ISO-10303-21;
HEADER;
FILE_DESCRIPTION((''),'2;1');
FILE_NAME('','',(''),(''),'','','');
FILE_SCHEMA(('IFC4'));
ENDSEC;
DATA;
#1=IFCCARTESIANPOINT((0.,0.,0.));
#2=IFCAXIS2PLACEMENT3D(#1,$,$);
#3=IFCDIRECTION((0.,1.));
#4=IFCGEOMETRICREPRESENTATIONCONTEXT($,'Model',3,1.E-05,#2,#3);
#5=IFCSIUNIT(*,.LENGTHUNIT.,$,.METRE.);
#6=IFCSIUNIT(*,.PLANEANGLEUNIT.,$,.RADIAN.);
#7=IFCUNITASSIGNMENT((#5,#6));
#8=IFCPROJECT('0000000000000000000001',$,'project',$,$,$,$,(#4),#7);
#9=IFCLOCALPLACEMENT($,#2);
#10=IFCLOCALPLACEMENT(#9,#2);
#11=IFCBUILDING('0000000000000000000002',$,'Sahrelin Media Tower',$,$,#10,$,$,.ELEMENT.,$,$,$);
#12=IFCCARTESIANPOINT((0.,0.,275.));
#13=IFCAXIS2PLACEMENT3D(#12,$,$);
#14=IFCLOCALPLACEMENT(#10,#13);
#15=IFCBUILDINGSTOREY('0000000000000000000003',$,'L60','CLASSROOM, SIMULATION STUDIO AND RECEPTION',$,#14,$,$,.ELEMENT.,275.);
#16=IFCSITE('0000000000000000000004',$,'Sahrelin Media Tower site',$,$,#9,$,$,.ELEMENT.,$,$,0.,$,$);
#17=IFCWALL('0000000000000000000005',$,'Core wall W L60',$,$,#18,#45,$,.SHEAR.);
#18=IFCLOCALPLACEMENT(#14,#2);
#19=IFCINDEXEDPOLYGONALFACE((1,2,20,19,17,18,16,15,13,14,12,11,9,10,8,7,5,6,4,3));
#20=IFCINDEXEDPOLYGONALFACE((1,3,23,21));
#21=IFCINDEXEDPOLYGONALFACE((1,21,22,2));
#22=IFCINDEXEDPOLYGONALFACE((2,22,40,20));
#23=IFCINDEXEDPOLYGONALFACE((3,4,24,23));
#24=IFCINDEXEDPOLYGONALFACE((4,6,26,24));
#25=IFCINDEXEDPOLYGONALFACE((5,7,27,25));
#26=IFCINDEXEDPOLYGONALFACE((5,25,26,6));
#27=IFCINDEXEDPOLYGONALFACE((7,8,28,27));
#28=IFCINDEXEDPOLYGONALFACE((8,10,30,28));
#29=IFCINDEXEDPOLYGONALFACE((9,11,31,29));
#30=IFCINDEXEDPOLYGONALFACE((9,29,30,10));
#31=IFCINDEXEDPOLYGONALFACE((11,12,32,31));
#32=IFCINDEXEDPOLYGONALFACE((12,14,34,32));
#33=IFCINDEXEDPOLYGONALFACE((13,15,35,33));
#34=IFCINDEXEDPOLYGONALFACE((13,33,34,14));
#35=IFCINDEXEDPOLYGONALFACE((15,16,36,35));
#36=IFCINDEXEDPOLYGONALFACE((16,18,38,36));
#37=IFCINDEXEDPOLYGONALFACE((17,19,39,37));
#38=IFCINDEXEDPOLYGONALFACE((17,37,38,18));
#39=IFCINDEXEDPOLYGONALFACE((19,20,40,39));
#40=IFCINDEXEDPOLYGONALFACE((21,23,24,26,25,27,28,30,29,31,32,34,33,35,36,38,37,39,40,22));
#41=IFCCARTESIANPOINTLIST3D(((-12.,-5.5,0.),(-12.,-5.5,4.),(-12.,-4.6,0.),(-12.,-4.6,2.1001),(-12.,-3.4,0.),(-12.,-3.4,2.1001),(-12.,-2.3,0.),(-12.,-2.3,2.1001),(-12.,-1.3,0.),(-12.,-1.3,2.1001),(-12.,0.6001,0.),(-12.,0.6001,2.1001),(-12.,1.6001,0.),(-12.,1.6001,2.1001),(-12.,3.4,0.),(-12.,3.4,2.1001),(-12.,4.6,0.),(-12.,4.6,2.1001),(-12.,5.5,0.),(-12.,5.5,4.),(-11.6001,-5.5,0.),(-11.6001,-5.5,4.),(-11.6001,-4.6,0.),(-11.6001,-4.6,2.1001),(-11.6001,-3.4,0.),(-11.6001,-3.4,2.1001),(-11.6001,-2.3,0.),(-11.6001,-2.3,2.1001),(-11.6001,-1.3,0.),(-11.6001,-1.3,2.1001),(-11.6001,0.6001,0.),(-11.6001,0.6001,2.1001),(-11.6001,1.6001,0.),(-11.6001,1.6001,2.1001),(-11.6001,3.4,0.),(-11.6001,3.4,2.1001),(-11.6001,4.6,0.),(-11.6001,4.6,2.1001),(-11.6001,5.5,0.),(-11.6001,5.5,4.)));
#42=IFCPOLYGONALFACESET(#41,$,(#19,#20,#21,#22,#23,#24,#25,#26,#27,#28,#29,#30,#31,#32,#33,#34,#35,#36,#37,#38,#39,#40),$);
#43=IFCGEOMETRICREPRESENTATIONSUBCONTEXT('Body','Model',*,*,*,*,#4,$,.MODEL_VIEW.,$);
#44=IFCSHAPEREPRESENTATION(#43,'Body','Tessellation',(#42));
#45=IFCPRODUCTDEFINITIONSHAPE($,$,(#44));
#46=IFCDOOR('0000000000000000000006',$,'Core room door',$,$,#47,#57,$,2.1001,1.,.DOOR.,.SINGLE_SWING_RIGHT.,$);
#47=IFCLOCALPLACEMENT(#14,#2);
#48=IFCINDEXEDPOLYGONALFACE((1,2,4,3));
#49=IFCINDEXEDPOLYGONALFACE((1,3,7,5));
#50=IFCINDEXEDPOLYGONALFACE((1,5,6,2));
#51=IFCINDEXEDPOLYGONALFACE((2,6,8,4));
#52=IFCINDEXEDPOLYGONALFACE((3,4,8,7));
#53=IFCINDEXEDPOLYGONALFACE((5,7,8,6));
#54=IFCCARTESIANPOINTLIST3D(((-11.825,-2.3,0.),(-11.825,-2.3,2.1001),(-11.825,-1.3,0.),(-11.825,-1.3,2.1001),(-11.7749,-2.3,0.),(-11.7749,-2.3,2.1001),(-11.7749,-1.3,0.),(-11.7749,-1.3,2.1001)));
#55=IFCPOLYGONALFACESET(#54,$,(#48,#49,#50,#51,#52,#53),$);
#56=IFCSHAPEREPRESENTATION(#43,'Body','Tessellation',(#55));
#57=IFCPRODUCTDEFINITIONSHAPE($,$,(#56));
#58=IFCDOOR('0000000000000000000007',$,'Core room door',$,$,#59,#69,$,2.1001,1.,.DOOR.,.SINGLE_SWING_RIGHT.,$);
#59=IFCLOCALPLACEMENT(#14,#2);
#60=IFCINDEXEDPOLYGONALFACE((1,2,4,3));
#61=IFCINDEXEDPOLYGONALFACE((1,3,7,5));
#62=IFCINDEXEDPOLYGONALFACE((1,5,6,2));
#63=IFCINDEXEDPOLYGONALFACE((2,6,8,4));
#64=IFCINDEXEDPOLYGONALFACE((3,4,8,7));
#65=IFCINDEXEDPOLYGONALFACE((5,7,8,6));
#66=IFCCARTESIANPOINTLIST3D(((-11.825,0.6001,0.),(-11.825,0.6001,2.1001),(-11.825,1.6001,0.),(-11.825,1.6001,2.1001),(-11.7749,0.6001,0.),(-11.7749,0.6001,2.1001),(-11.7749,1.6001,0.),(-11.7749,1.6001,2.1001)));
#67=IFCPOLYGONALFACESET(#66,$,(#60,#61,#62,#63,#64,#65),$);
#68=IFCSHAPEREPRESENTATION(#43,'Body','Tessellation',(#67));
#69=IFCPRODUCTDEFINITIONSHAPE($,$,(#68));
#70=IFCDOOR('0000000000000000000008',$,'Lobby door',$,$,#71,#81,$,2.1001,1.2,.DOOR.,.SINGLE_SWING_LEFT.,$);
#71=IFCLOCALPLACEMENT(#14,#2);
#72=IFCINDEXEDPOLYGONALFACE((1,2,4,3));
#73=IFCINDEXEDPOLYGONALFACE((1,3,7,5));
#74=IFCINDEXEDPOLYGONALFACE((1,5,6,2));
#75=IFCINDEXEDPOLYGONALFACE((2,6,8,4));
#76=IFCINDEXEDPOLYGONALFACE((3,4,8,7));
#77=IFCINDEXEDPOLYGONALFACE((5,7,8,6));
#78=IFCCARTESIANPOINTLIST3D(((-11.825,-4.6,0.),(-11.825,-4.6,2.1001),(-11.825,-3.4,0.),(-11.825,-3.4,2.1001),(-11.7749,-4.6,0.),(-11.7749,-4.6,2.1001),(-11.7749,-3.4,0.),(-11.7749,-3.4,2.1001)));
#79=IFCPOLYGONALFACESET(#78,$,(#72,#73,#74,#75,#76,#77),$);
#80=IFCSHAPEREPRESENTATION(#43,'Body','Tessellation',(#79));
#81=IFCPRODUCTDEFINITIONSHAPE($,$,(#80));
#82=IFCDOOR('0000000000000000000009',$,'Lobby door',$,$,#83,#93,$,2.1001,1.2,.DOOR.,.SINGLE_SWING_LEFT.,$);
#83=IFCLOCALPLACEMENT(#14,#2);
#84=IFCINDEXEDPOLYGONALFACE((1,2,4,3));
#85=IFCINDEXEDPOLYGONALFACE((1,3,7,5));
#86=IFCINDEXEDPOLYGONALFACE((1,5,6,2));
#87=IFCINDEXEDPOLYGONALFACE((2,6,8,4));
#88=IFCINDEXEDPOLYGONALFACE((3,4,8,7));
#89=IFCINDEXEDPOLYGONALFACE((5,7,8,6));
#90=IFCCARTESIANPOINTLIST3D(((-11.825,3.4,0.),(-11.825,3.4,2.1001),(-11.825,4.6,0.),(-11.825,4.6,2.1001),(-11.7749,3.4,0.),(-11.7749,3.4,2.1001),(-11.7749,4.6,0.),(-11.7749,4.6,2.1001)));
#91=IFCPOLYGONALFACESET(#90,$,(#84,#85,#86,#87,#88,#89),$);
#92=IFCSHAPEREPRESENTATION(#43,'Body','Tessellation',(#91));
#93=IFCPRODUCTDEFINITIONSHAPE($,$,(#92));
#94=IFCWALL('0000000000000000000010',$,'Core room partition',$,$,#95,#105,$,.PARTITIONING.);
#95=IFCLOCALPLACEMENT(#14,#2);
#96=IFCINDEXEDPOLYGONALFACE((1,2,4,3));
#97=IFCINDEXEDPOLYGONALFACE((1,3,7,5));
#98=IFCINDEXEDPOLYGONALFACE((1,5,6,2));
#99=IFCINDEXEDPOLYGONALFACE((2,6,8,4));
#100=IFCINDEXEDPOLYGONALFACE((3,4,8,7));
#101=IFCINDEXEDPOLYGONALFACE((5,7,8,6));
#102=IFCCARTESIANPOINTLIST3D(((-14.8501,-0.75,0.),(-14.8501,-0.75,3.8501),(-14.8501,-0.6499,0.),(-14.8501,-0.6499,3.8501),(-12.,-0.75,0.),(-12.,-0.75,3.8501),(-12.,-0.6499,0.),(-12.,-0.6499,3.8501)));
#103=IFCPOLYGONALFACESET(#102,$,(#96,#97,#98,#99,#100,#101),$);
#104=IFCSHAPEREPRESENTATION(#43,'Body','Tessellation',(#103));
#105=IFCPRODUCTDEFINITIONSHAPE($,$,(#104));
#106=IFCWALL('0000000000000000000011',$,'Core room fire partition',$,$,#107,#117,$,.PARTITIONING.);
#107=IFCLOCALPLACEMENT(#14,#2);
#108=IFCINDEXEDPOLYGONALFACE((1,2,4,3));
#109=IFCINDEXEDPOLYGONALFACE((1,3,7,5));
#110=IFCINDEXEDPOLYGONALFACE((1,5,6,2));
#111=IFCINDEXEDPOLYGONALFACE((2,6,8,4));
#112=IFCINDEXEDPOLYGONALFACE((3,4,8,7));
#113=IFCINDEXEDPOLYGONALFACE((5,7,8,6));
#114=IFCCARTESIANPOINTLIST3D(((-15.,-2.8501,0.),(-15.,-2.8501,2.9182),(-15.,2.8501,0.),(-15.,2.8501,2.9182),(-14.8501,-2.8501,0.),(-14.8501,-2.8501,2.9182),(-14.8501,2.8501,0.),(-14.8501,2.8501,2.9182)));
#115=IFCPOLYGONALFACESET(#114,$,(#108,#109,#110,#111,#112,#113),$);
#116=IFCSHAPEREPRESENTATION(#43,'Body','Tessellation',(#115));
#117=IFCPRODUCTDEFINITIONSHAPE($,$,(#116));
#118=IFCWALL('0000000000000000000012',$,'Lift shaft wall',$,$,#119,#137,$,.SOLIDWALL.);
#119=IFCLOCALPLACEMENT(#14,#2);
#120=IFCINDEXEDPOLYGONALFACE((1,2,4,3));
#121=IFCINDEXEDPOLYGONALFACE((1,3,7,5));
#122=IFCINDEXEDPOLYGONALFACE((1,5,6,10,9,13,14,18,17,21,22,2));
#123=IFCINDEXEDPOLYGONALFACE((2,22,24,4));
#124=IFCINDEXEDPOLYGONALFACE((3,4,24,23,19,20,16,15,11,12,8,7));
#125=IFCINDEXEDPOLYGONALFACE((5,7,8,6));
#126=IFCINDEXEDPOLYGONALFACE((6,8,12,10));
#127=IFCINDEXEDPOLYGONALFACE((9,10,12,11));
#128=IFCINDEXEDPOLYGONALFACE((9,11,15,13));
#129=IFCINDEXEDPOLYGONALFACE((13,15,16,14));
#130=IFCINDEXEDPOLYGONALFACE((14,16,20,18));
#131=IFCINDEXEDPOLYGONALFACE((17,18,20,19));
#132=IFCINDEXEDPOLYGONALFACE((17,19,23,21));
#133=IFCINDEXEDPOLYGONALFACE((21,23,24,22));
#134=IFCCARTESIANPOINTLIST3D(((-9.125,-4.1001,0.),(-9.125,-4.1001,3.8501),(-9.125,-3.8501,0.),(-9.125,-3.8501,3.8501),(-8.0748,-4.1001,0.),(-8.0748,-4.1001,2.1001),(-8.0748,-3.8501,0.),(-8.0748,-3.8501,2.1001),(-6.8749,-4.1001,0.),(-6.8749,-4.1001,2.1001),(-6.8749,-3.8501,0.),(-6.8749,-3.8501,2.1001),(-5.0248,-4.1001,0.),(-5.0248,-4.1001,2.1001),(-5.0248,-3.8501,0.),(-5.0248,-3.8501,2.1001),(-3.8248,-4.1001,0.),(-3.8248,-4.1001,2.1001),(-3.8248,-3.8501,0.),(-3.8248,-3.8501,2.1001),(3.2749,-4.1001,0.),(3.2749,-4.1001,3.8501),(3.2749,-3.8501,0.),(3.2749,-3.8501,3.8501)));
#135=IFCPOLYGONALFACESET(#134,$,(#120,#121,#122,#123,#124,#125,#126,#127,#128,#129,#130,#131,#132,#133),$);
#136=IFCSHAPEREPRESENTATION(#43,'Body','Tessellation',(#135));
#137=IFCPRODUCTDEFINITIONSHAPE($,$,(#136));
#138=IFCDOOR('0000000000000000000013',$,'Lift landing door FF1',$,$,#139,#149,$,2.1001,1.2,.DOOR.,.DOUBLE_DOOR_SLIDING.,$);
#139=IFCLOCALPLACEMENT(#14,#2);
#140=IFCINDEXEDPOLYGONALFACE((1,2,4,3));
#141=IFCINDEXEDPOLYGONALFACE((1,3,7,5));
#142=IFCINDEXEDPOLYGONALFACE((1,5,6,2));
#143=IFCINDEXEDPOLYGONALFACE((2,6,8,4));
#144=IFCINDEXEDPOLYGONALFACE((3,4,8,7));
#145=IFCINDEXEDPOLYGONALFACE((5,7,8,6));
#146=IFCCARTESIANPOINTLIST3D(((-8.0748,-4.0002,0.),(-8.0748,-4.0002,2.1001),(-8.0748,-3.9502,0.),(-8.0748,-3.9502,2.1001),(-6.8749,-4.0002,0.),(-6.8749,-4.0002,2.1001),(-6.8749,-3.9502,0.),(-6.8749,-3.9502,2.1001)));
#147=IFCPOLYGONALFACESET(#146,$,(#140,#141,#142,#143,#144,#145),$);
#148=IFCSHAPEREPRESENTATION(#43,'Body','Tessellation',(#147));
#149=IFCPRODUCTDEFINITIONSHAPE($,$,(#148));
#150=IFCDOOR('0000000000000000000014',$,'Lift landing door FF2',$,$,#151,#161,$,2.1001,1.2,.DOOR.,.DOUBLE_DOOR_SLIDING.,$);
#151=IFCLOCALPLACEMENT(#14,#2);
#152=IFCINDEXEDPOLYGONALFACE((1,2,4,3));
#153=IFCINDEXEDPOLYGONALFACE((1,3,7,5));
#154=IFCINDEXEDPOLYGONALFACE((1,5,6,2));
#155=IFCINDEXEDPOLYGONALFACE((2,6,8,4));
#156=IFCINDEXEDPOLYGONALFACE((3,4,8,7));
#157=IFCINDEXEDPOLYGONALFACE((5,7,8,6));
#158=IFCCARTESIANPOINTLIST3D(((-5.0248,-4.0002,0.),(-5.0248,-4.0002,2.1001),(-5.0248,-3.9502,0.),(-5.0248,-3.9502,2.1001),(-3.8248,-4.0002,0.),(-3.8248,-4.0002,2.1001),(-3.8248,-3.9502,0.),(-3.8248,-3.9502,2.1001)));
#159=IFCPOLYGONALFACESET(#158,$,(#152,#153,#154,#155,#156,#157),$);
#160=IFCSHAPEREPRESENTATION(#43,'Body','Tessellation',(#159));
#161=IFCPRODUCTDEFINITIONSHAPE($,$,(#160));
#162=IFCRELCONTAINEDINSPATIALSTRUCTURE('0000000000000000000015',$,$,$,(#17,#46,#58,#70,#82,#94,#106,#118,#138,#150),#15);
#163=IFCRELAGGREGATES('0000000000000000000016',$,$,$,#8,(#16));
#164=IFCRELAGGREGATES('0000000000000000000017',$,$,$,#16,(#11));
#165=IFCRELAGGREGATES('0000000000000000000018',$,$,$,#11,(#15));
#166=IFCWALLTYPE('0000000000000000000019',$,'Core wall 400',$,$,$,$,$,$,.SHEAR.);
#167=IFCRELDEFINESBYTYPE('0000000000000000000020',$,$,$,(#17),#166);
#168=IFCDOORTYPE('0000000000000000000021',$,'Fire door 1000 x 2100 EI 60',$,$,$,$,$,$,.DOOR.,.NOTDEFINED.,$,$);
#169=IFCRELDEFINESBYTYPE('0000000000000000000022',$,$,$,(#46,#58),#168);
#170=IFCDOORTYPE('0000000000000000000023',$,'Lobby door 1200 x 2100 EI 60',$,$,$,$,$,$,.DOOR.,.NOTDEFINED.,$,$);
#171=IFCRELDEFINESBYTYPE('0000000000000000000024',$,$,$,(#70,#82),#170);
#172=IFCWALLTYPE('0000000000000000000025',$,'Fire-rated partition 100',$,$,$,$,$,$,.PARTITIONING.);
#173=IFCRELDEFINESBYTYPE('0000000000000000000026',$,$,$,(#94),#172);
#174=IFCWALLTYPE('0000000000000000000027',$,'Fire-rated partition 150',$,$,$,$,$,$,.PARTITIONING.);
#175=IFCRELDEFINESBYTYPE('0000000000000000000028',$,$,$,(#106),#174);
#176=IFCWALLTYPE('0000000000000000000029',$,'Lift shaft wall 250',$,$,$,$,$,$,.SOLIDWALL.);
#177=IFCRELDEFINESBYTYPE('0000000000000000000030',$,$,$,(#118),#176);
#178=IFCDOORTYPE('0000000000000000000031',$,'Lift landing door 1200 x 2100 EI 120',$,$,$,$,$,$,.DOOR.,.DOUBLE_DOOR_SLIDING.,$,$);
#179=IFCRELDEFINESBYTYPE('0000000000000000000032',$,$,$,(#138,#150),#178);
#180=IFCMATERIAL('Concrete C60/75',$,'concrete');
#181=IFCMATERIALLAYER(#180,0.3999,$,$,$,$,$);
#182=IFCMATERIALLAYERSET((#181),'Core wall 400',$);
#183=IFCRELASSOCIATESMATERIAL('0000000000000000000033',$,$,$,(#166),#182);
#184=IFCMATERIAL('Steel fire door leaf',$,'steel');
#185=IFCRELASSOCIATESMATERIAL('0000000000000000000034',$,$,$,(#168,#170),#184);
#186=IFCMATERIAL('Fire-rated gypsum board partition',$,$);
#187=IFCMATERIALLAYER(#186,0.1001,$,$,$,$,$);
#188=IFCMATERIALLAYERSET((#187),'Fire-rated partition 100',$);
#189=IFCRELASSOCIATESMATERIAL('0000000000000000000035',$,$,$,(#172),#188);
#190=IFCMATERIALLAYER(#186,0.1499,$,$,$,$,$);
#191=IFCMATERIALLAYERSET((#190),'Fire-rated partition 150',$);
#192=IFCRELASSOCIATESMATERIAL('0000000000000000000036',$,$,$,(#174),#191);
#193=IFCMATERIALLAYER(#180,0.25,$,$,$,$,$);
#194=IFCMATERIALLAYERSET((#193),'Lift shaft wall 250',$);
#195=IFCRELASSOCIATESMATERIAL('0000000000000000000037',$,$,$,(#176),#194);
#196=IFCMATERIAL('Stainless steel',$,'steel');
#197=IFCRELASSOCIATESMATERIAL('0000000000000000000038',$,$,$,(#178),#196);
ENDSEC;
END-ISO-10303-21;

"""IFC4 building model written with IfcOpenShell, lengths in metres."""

from ifc_helpers import new_model, si_unit, direction, frame, frame_2d, origin, place, context, subcontext, project, spatial, rectangle, extrude, material, layer, layer_set, type_object, element, fill, save


model = new_model("IFC4")

# Units and contexts
model_context = context("Model", 3, precision=1e-05, world=origin(), true_north=direction((0.0, 1.0)))
body_context = subcontext(model_context, "Body", "Model", "MODEL_VIEW")
ifc_project = project(units=[si_unit("LENGTHUNIT", "METRE"), si_unit("PLANEANGLEUNIT", "RADIAN")], contexts=[model_context])

# Site, building, storey
site_placement = place(None, origin())
site = spatial("IfcSite", under=ifc_project, at=site_placement, Name="Sahrelin Media Tower site", CompositionType="ELEMENT", RefElevation=0.0)
building_placement = place(site_placement, origin())
building = spatial("IfcBuilding", under=site, at=building_placement, Name="Sahrelin Media Tower", CompositionType="ELEMENT")
storey_placement = place(building_placement, frame((0.0, 0.0, 275.0)))
storey = spatial("IfcBuildingStorey", under=building, at=storey_placement, Name="L60", Description="CLASSROOM, SIMULATION STUDIO AND RECEPTION", CompositionType="ELEMENT", Elevation=275.0)

# Wall, openings, doors
ifc_material_1 = material(Name="Concrete C60/75", Category="concrete")
ifc_layer_1 = layer(ifc_material_1, 0.3999)
ifc_layer_set_1 = layer_set([ifc_layer_1], Name="Core wall 400")
wall_type_1 = type_object("IfcWallType", Name="Core wall 400", PredefinedType="SHEAR", material=ifc_layer_set_1)
wall_1_placement = place(storey_placement, frame((-11.8, -5.5, 0.0), z_axis=(0.0, 0.0, 1.0), x_axis=(0.0, 1.0, 0.0)))
wall_1 = element("IfcWall", 1, at=wall_1_placement, inside=storey, type_object=wall_type_1, Name="Core wall W L60", PredefinedType="SHEAR", context=body_context, shape_type="SweptSolid", body=[
    extrude(rectangle(XDim=11.0, YDim=0.3999, at=frame_2d((5.5, 0.0))), origin(), (0.0, 0.0, 1.0), 4.0),
])
opening_1_placement = place(wall_1_placement, frame((3.2, 0.0, 0.0)))
opening_1 = element("IfcOpeningElement", 2, at=opening_1_placement, cuts=wall_1, PredefinedType="OPENING", context=body_context, shape_type="SweptSolid", body=[
    extrude(rectangle(XDim=1.0, YDim=2.1001, at=frame_2d((0.5, 1.05))), frame((0.0, 0.2, 0.0), z_axis=(0.0, -1.0, 0.0), x_axis=(1.0, 0.0, 0.0)), (0.0, 0.0, 1.0), 0.3999),
])
opening_2_placement = place(wall_1_placement, frame((6.1001, 0.0, 0.0)))
opening_2 = element("IfcOpeningElement", 3, at=opening_2_placement, cuts=wall_1, PredefinedType="OPENING", context=body_context, shape_type="SweptSolid", body=[
    extrude(rectangle(XDim=1.0, YDim=2.1001, at=frame_2d((0.5, 1.05))), frame((0.0, 0.2, 0.0), z_axis=(0.0, -1.0, 0.0), x_axis=(1.0, 0.0, 0.0)), (0.0, 0.0, 1.0), 0.3999),
])
opening_3_placement = place(wall_1_placement, frame((0.8999, 0.0, 0.0)))
opening_3 = element("IfcOpeningElement", 4, at=opening_3_placement, cuts=wall_1, PredefinedType="OPENING", context=body_context, shape_type="SweptSolid", body=[
    extrude(rectangle(XDim=1.2, YDim=2.1001, at=frame_2d((0.6001, 1.05))), frame((0.0, 0.2, 0.0), z_axis=(0.0, -1.0, 0.0), x_axis=(1.0, 0.0, 0.0)), (0.0, 0.0, 1.0), 0.3999),
])
opening_4_placement = place(wall_1_placement, frame((8.8999, 0.0, 0.0)))
opening_4 = element("IfcOpeningElement", 5, at=opening_4_placement, cuts=wall_1, PredefinedType="OPENING", context=body_context, shape_type="SweptSolid", body=[
    extrude(rectangle(XDim=1.2, YDim=2.1001, at=frame_2d((0.6001, 1.05))), frame((0.0, 0.2, 0.0), z_axis=(0.0, -1.0, 0.0), x_axis=(1.0, 0.0, 0.0)), (0.0, 0.0, 1.0), 0.3999),
])
ifc_material_2 = material(Name="Steel fire door leaf", Category="steel")
door_type_1 = type_object("IfcDoorType", Name="Fire door 1000 x 2100 EI 60", OperationType="NOTDEFINED", PredefinedType="DOOR", material=ifc_material_2)
door_1_placement = place(opening_1_placement, origin())
door_1 = element("IfcDoor", 6, at=door_1_placement, inside=storey, type_object=door_type_1, Name="Core room door", OperationType="SINGLE_SWING_RIGHT", OverallHeight=2.1001, OverallWidth=1.0, PredefinedType="DOOR", context=body_context, shape_type="SweptSolid", body=[
    extrude(rectangle(XDim=1.0, YDim=2.1001, at=frame_2d((0.5, 1.05))), frame((0.0, 0.0249, 0.0), z_axis=(0.0, -1.0, 0.0), x_axis=(1.0, 0.0, 0.0)), (0.0, 0.0, 1.0), 0.05),
])
fill(opening_1, door_1)
door_2_placement = place(opening_2_placement, origin())
door_2 = element("IfcDoor", 7, at=door_2_placement, inside=storey, type_object=door_type_1, Name="Core room door", OperationType="SINGLE_SWING_RIGHT", OverallHeight=2.1001, OverallWidth=1.0, PredefinedType="DOOR", context=body_context, shape_type="SweptSolid", body=[
    extrude(rectangle(XDim=1.0, YDim=2.1001, at=frame_2d((0.5, 1.05))), frame((0.0, 0.0249, 0.0), z_axis=(0.0, -1.0, 0.0), x_axis=(1.0, 0.0, 0.0)), (0.0, 0.0, 1.0), 0.05),
])
fill(opening_2, door_2)
door_type_2 = type_object("IfcDoorType", Name="Lobby door 1200 x 2100 EI 60", OperationType="NOTDEFINED", PredefinedType="DOOR", material=ifc_material_2)
door_3_placement = place(opening_3_placement, origin())
door_3 = element("IfcDoor", 8, at=door_3_placement, inside=storey, type_object=door_type_2, Name="Lobby door", OperationType="SINGLE_SWING_LEFT", OverallHeight=2.1001, OverallWidth=1.2, PredefinedType="DOOR", context=body_context, shape_type="SweptSolid", body=[
    extrude(rectangle(XDim=1.2, YDim=2.1001, at=frame_2d((0.6001, 1.05))), frame((0.0, 0.0249, 0.0), z_axis=(0.0, -1.0, 0.0), x_axis=(1.0, 0.0, 0.0)), (0.0, 0.0, 1.0), 0.05),
])
fill(opening_3, door_3)
door_4_placement = place(opening_4_placement, origin())
door_4 = element("IfcDoor", 9, at=door_4_placement, inside=storey, type_object=door_type_2, Name="Lobby door", OperationType="SINGLE_SWING_LEFT", OverallHeight=2.1001, OverallWidth=1.2, PredefinedType="DOOR", context=body_context, shape_type="SweptSolid", body=[
    extrude(rectangle(XDim=1.2, YDim=2.1001, at=frame_2d((0.6001, 1.05))), frame((0.0, 0.0249, 0.0), z_axis=(0.0, -1.0, 0.0), x_axis=(1.0, 0.0, 0.0)), (0.0, 0.0, 1.0), 0.05),
])
fill(opening_4, door_4)

# Walls
ifc_material_3 = material(Name="Fire-rated gypsum board partition")
ifc_layer_2 = layer(ifc_material_3, 0.1001)
ifc_layer_set_2 = layer_set([ifc_layer_2], Name="Fire-rated partition 100")
wall_type_2 = type_object("IfcWallType", Name="Fire-rated partition 100", PredefinedType="PARTITIONING", material=ifc_layer_set_2)
wall_2_placement = place(storey_placement, frame((-14.8501, -0.7, 0.0), z_axis=(0.0, 0.0, 1.0), x_axis=(1.0, 0.0, 0.0)))
element("IfcWall", 10, at=wall_2_placement, inside=storey, type_object=wall_type_2, Name="Core room partition", PredefinedType="PARTITIONING", context=body_context, shape_type="SweptSolid", body=[
    extrude(rectangle(XDim=2.8501, YDim=0.1001, at=frame_2d((1.425, 0.0))), origin(), (0.0, 0.0, 1.0), 3.8501),
])
ifc_layer_3 = layer(ifc_material_3, 0.1499)
ifc_layer_set_3 = layer_set([ifc_layer_3], Name="Fire-rated partition 150")
wall_type_3 = type_object("IfcWallType", Name="Fire-rated partition 150", PredefinedType="PARTITIONING", material=ifc_layer_set_3)
wall_3_placement = place(storey_placement, frame((-14.925, -2.8501, 0.0), z_axis=(0.0, 0.0, 1.0), x_axis=(0.0, 1.0, 0.0)))
element("IfcWall", 11, at=wall_3_placement, inside=storey, type_object=wall_type_3, Name="Core room fire partition", PredefinedType="PARTITIONING", context=body_context, shape_type="SweptSolid", body=[
    extrude(rectangle(XDim=5.7002, YDim=0.1499, at=frame_2d((2.8501, 0.0))), origin(), (0.0, 0.0, 1.0), 2.9182),
])

# Wall, openings, doors
ifc_layer_4 = layer(ifc_material_1, 0.25)
ifc_layer_set_4 = layer_set([ifc_layer_4], Name="Lift shaft wall 250")
wall_type_4 = type_object("IfcWallType", Name="Lift shaft wall 250", PredefinedType="SOLIDWALL", material=ifc_layer_set_4)
wall_4_placement = place(storey_placement, frame((-9.125, -3.9751, 0.0), z_axis=(0.0, 0.0, 1.0), x_axis=(1.0, 0.0, 0.0)))
wall_4 = element("IfcWall", 12, at=wall_4_placement, inside=storey, type_object=wall_type_4, Name="Lift shaft wall", PredefinedType="SOLIDWALL", context=body_context, shape_type="SweptSolid", body=[
    extrude(rectangle(XDim=12.3999, YDim=0.25, at=frame_2d((6.2, 0.0))), origin(), (0.0, 0.0, 1.0), 3.8501),
])
opening_5_placement = place(wall_4_placement, frame((1.05, 0.0, 0.0)))
opening_5 = element("IfcOpeningElement", 13, at=opening_5_placement, cuts=wall_4, PredefinedType="OPENING", context=body_context, shape_type="SweptSolid", body=[
    extrude(rectangle(XDim=1.2, YDim=2.1001, at=frame_2d((0.6001, 1.05))), frame((0.0, 0.125, 0.0), z_axis=(0.0, -1.0, 0.0), x_axis=(1.0, 0.0, 0.0)), (0.0, 0.0, 1.0), 0.25),
])
opening_6_placement = place(wall_4_placement, frame((4.1001, 0.0, 0.0)))
opening_6 = element("IfcOpeningElement", 14, at=opening_6_placement, cuts=wall_4, PredefinedType="OPENING", context=body_context, shape_type="SweptSolid", body=[
    extrude(rectangle(XDim=1.2, YDim=2.1001, at=frame_2d((0.6001, 1.05))), frame((0.0, 0.125, 0.0), z_axis=(0.0, -1.0, 0.0), x_axis=(1.0, 0.0, 0.0)), (0.0, 0.0, 1.0), 0.25),
])
ifc_material_4 = material(Name="Stainless steel", Category="steel")
door_type_3 = type_object("IfcDoorType", Name="Lift landing door 1200 x 2100 EI 120", OperationType="DOUBLE_DOOR_SLIDING", PredefinedType="DOOR", material=ifc_material_4)
door_5_placement = place(opening_5_placement, origin())
door_5 = element("IfcDoor", 15, at=door_5_placement, inside=storey, type_object=door_type_3, Name="Lift landing door FF1", OperationType="DOUBLE_DOOR_SLIDING", OverallHeight=2.1001, OverallWidth=1.2, PredefinedType="DOOR", context=body_context, shape_type="SweptSolid", body=[
    extrude(rectangle(XDim=1.2, YDim=2.1001, at=frame_2d((0.6001, 1.05))), frame((0.0, 0.0249, 0.0), z_axis=(0.0, -1.0, 0.0), x_axis=(1.0, 0.0, 0.0)), (0.0, 0.0, 1.0), 0.05),
])
fill(opening_5, door_5)
door_6_placement = place(opening_6_placement, origin())
door_6 = element("IfcDoor", 16, at=door_6_placement, inside=storey, type_object=door_type_3, Name="Lift landing door FF2", OperationType="DOUBLE_DOOR_SLIDING", OverallHeight=2.1001, OverallWidth=1.2, PredefinedType="DOOR", context=body_context, shape_type="SweptSolid", body=[
    extrude(rectangle(XDim=1.2, YDim=2.1001, at=frame_2d((0.6001, 1.05))), frame((0.0, 0.0249, 0.0), z_axis=(0.0, -1.0, 0.0), x_axis=(1.0, 0.0, 0.0)), (0.0, 0.0, 1.0), 0.05),
])
fill(opening_6, door_6)

save(model, "model.ifc")
